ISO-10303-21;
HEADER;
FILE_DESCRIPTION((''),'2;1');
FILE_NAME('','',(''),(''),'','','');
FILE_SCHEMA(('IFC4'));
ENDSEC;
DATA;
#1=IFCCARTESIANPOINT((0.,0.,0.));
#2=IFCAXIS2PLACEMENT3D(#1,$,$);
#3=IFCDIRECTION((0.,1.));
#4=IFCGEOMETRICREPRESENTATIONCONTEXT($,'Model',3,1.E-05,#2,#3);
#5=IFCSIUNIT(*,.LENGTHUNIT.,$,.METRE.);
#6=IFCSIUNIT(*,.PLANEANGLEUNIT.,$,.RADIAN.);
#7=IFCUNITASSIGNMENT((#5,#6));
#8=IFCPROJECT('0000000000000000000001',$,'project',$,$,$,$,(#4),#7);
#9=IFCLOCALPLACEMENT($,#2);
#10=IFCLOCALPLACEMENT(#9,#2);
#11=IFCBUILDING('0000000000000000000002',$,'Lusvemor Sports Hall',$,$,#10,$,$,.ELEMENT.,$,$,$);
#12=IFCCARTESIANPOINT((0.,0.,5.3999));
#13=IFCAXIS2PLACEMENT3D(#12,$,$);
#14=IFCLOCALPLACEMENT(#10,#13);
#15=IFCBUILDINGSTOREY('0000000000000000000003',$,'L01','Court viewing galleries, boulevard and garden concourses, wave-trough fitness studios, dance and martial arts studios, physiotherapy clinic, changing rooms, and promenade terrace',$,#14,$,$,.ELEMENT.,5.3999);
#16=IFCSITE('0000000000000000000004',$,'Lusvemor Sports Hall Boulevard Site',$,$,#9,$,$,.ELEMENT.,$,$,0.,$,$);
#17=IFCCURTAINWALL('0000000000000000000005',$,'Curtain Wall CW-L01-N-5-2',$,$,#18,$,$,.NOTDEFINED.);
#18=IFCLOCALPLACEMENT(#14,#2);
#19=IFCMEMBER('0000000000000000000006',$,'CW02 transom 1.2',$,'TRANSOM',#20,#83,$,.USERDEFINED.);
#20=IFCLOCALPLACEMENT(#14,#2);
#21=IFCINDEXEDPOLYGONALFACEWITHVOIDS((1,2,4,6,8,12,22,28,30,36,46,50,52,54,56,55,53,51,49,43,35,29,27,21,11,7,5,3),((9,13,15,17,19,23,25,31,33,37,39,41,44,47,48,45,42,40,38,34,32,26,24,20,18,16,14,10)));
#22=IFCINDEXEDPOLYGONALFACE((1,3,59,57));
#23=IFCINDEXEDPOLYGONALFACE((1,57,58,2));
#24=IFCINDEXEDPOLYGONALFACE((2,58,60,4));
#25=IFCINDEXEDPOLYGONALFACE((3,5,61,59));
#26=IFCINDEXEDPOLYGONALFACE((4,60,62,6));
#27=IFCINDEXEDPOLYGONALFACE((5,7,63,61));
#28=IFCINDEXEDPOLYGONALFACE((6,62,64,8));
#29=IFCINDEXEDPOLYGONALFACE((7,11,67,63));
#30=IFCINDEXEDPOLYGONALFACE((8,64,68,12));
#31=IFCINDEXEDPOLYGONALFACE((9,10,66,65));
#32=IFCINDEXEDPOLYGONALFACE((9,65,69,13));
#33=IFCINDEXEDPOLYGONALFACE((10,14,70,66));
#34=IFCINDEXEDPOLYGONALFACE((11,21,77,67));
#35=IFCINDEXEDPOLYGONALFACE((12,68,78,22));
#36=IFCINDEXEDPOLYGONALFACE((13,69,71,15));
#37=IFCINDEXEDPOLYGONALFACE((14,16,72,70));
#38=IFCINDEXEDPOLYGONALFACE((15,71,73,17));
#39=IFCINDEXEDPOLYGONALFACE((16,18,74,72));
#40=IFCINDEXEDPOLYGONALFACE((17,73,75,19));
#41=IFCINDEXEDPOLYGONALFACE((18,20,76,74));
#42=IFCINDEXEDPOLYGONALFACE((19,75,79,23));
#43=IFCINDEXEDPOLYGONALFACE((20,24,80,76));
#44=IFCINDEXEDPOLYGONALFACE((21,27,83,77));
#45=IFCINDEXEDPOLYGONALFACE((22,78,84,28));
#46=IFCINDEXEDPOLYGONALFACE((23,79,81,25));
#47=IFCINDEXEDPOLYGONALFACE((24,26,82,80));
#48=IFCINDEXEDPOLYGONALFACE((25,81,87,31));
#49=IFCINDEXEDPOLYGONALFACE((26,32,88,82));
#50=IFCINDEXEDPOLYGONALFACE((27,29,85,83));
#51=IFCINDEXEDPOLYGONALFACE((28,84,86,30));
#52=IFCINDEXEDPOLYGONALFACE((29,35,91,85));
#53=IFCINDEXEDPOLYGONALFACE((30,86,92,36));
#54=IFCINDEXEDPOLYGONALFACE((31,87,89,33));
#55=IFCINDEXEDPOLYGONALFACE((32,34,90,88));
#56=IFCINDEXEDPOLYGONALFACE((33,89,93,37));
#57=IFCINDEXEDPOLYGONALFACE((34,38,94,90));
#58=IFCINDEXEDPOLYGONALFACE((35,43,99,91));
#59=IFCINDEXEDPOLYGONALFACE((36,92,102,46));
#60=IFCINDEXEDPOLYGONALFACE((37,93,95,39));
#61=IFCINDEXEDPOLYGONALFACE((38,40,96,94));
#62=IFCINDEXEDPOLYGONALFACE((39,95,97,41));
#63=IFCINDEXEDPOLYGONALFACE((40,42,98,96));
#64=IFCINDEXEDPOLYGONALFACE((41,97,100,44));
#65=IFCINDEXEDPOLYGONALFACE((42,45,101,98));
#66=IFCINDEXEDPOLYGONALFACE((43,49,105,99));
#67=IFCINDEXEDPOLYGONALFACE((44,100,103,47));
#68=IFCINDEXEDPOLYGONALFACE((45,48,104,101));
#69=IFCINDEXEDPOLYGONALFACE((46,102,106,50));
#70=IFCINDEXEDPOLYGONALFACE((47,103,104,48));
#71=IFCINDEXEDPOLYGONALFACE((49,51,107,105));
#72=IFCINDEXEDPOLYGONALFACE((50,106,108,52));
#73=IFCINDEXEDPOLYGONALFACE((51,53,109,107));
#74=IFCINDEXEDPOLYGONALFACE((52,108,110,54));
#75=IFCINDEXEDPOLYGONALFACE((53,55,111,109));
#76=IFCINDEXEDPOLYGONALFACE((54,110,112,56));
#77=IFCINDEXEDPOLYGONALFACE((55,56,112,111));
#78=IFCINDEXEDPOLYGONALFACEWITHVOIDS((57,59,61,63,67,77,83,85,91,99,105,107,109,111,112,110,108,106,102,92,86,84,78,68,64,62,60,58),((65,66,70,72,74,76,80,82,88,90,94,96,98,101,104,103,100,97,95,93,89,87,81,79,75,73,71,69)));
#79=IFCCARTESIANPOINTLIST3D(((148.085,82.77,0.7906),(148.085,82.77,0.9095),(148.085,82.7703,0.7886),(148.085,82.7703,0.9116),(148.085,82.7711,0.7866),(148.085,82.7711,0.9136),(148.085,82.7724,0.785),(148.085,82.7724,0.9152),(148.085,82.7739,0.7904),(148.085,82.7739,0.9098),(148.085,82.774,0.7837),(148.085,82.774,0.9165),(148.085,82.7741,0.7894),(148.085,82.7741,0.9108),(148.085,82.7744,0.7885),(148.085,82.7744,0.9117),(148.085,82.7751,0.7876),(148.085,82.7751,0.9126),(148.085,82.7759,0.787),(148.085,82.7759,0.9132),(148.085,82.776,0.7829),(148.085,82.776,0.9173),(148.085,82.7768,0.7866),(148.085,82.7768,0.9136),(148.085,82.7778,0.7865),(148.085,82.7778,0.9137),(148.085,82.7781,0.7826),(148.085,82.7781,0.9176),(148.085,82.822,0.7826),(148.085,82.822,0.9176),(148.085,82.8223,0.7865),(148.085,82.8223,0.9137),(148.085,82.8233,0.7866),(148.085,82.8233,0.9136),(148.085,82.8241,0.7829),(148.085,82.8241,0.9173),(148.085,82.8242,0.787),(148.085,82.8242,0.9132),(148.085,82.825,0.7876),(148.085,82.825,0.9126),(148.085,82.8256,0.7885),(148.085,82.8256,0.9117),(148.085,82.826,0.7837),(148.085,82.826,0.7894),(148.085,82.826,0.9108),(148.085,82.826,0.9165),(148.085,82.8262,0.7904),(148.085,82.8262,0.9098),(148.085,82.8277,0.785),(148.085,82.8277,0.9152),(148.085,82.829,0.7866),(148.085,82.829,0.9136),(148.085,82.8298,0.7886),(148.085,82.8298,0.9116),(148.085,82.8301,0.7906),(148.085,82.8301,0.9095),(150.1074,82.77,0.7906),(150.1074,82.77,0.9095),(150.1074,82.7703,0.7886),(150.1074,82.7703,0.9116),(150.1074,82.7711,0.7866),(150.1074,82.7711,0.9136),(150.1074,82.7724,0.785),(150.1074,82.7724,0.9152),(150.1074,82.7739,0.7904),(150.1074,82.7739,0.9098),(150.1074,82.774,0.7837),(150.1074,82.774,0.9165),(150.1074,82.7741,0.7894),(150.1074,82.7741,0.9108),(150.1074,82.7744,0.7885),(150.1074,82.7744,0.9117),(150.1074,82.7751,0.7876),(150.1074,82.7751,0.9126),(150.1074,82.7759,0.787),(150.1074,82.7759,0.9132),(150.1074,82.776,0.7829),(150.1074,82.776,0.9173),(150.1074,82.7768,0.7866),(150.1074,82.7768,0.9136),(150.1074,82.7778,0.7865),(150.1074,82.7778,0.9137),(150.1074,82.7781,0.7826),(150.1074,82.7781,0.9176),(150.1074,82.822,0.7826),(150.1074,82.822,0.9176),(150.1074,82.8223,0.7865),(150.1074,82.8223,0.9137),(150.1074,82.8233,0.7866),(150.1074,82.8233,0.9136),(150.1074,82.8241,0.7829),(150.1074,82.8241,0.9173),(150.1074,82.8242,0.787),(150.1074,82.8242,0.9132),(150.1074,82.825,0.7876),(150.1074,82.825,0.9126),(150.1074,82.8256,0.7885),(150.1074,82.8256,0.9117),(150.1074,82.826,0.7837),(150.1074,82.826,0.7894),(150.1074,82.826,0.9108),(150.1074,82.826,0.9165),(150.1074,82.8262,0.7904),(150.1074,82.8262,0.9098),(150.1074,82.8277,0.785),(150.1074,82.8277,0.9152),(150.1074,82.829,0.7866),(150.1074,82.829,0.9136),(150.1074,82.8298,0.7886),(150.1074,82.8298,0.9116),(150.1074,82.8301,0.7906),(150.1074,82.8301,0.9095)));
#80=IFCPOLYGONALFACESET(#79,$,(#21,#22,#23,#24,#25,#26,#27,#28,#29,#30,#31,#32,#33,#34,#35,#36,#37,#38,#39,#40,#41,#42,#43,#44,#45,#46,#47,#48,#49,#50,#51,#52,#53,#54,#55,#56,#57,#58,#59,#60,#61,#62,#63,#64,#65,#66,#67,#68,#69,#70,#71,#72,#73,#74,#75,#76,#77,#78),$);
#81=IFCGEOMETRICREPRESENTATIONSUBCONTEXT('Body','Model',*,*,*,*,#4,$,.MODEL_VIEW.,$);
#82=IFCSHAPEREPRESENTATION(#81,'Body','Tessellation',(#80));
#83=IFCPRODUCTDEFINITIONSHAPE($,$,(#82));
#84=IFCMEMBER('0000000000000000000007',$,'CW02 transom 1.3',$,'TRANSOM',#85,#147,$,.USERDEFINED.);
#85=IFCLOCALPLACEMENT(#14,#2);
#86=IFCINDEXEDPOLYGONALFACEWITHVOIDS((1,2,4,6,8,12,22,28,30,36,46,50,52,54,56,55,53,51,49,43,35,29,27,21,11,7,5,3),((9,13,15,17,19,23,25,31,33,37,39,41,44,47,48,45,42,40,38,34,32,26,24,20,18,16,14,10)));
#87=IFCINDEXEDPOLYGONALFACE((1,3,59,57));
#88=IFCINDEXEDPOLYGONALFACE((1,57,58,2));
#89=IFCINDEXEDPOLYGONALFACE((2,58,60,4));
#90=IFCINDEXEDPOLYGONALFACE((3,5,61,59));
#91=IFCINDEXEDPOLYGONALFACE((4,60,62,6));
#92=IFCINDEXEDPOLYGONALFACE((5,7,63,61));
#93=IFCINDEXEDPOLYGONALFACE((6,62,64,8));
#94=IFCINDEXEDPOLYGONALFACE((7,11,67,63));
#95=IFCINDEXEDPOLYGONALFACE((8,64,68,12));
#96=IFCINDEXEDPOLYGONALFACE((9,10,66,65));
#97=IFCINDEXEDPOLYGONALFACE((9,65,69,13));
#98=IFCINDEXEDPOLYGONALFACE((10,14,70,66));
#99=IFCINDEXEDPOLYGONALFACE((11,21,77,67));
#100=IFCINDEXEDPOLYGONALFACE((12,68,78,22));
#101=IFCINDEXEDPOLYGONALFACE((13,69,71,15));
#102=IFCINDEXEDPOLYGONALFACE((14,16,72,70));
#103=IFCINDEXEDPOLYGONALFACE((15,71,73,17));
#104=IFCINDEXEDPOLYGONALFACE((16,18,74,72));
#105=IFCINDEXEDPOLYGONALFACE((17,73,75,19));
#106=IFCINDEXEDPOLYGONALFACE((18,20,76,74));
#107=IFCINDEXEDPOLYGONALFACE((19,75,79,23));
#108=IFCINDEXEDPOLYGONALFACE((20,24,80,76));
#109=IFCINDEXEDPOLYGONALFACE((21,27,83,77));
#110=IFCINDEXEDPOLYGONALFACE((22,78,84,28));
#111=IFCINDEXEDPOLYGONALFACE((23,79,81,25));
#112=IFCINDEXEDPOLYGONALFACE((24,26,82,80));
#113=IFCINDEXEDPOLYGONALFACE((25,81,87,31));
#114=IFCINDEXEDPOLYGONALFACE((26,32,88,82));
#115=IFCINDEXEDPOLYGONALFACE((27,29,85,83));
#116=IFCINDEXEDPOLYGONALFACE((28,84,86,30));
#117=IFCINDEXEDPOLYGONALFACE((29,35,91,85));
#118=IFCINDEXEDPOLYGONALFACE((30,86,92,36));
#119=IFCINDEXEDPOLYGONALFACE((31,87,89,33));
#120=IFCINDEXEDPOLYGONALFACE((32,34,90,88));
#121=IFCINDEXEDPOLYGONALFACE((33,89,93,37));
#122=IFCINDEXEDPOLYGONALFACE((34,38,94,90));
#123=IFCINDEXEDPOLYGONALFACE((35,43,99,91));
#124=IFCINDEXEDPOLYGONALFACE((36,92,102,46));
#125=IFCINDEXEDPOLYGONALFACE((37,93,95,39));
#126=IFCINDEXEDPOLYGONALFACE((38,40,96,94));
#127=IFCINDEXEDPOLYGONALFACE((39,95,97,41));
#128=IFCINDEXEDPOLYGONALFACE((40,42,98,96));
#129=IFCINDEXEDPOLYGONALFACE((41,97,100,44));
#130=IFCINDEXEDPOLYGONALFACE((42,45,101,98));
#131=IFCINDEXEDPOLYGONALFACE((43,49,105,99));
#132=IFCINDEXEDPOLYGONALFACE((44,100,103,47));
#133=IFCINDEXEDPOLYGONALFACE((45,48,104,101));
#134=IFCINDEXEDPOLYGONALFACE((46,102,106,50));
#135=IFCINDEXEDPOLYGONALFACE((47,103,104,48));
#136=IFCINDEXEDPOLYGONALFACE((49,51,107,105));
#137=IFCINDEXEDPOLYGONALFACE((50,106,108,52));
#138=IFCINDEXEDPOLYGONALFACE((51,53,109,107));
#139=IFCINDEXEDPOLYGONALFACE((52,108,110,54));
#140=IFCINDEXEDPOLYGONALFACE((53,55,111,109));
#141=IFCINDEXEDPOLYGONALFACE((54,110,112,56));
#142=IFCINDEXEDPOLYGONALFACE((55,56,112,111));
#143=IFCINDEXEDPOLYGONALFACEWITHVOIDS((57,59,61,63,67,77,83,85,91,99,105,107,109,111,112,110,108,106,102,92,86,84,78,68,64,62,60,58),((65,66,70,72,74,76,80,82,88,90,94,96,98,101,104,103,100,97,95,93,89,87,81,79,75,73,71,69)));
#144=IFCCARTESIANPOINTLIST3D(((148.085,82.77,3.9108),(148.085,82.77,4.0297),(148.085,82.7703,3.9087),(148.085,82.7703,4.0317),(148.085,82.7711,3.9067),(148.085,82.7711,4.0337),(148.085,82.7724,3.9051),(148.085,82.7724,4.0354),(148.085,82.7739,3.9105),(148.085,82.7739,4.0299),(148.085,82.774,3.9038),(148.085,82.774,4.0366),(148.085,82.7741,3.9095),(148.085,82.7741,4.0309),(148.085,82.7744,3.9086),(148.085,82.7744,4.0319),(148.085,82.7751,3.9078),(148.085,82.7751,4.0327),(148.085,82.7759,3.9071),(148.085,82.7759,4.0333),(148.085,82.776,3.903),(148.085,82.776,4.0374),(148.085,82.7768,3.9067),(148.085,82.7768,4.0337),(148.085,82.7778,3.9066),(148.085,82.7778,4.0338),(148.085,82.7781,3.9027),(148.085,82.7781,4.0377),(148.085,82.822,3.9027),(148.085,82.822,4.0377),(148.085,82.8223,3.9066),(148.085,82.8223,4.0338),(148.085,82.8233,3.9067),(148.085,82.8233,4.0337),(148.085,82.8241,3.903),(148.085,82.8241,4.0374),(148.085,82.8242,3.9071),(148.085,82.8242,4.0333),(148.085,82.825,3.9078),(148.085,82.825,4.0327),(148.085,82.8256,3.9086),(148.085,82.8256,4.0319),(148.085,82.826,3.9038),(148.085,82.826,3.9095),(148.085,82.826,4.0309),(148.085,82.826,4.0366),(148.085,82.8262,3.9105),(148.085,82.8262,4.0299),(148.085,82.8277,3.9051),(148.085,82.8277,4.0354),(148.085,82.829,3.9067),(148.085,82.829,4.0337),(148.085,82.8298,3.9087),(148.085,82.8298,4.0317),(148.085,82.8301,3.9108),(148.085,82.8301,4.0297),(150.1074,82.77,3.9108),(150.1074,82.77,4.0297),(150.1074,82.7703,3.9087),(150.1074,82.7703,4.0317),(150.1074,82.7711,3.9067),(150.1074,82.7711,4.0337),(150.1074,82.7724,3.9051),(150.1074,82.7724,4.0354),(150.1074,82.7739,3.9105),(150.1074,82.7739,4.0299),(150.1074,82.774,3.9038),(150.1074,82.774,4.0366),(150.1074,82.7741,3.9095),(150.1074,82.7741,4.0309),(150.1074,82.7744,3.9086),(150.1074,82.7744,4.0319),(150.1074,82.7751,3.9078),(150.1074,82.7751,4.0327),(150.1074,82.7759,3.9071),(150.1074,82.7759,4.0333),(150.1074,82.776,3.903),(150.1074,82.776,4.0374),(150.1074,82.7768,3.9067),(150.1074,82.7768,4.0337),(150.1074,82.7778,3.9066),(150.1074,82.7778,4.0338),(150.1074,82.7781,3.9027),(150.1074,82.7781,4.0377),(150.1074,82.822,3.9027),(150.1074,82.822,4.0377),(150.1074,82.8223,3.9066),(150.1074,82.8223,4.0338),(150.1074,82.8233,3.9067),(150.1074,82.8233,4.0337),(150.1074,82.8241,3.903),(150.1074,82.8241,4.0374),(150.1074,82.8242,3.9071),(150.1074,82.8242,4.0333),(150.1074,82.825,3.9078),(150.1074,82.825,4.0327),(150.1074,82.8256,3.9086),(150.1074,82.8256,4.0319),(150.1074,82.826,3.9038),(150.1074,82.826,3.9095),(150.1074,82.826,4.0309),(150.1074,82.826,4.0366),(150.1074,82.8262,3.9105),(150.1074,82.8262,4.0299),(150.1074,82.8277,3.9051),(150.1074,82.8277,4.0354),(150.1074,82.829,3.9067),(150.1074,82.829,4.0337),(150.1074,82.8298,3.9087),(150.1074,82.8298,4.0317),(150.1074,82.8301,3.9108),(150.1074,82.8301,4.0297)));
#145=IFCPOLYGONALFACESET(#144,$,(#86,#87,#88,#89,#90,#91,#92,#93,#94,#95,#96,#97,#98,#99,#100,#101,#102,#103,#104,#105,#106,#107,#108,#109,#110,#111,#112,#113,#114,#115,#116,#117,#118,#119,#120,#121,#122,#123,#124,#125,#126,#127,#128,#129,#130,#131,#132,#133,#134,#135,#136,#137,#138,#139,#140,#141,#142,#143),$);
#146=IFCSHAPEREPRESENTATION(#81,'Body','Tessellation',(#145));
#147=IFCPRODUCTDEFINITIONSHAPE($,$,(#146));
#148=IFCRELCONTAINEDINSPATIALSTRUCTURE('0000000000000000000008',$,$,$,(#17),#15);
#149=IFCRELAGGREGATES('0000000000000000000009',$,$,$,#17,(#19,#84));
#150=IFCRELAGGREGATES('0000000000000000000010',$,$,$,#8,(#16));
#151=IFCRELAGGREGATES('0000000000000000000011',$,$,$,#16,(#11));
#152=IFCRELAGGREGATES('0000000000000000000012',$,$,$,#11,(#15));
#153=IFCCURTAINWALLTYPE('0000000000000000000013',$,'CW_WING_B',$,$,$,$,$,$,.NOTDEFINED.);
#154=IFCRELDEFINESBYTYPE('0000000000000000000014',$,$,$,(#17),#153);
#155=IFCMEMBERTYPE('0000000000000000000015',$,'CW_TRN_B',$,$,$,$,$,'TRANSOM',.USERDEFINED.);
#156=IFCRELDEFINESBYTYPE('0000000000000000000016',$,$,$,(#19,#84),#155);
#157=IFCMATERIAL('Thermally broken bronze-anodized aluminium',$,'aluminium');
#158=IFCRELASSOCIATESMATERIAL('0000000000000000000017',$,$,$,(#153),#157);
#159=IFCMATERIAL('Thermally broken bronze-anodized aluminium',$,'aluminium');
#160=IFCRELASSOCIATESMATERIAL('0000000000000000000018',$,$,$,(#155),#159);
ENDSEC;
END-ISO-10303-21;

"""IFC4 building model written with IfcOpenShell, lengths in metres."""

from ifc_helpers import new_model, si_unit, direction, frame, origin, origin_2d, place, context, subcontext, project, spatial, hollow_rectangle, extrude, material, material_profile, profile_set, type_object, element, aggregate, save


model = new_model("IFC4")

# Units and contexts
model_context = context("Model", 3, precision=1e-05, world=origin(), true_north=direction((0.0, 1.0)))
body_context = subcontext(model_context, "Body", "Model", "MODEL_VIEW")
ifc_project = project(units=[si_unit("LENGTHUNIT", "METRE"), si_unit("PLANEANGLEUNIT", "RADIAN")], contexts=[model_context])

# Site, building, storey
site_placement = place(None, origin())
site = spatial("IfcSite", under=ifc_project, at=site_placement, Name="Lusvemor Sports Hall Boulevard Site", CompositionType="ELEMENT", RefElevation=0.0)
building_placement = place(site_placement, origin())
building = spatial("IfcBuilding", under=site, at=building_placement, Name="Lusvemor Sports Hall", CompositionType="ELEMENT")
storey_placement = place(building_placement, frame((0.0, 0.0, 5.3999)))
storey = spatial("IfcBuildingStorey", under=building, at=storey_placement, Name="L01", Description="Court viewing galleries, boulevard and garden concourses, wave-trough fitness studios, dance and martial arts studios, physiotherapy clinic, changing rooms, and promenade terrace", CompositionType="ELEMENT", Elevation=5.3999)

# Curtain wall, members
ifc_material_1 = material(Name="Thermally broken bronze-anodized aluminium", Category="aluminium")
curtain_wall_type = type_object("IfcCurtainWallType", Name="CW_WING_B", PredefinedType="NOTDEFINED", material=ifc_material_1)
curtain_wall_placement = place(storey_placement, origin())
curtain_wall = element("IfcCurtainWall", 1, at=curtain_wall_placement, inside=storey, type_object=curtain_wall_type, Name="Curtain Wall CW-L01-N-5-2", PredefinedType="NOTDEFINED")
ifc_material_2 = material(Name="Thermally broken bronze-anodized aluminium", Category="aluminium")
ifc_material_profile_1 = material_profile(ifc_material_2, hollow_rectangle(XDim=0.0601, YDim=0.135, WallThickness=0.0039, InnerFilletRadius=0.0039, OuterFilletRadius=0.0081, at=origin_2d()), Name="CWTRN135x60x4")
ifc_profile_set_1 = profile_set([ifc_material_profile_1], Name="Thermally broken bronze-anodized aluminium")
member_type_1 = type_object("IfcMemberType", Name="CW_TRN_B", ElementType="TRANSOM", PredefinedType="USERDEFINED", material=ifc_profile_set_1)
member_1_placement = place(storey_placement, frame((148.085, 82.8, 0.8501), z_axis=(1.0, 0.0, 0.0), x_axis=(0.0, 1.0, 0.0)))
member_1 = element("IfcMember", 2, at=member_1_placement, type_object=member_type_1, Name="CW02 transom 1.2", ObjectType="TRANSOM", PredefinedType="USERDEFINED", context=body_context, shape_type="SweptSolid", body=[
    extrude(hollow_rectangle(XDim=0.0601, YDim=0.135, WallThickness=0.0039, InnerFilletRadius=0.0039, OuterFilletRadius=0.0081, at=origin_2d()), origin(), (0.0, 0.0, 1.0), 2.0225),
])
member_2_placement = place(storey_placement, frame((148.085, 82.8, 3.9702), z_axis=(1.0, 0.0, 0.0), x_axis=(0.0, 1.0, 0.0)))
member_2 = element("IfcMember", 3, at=member_2_placement, type_object=member_type_1, Name="CW02 transom 1.3", ObjectType="TRANSOM", PredefinedType="USERDEFINED", context=body_context, shape_type="SweptSolid", body=[
    extrude(hollow_rectangle(XDim=0.0601, YDim=0.135, WallThickness=0.0039, InnerFilletRadius=0.0039, OuterFilletRadius=0.0081, at=origin_2d()), origin(), (0.0, 0.0, 1.0), 2.0225),
])

aggregate(curtain_wall, [member_1, member_2])

save(model, "model.ifc")
